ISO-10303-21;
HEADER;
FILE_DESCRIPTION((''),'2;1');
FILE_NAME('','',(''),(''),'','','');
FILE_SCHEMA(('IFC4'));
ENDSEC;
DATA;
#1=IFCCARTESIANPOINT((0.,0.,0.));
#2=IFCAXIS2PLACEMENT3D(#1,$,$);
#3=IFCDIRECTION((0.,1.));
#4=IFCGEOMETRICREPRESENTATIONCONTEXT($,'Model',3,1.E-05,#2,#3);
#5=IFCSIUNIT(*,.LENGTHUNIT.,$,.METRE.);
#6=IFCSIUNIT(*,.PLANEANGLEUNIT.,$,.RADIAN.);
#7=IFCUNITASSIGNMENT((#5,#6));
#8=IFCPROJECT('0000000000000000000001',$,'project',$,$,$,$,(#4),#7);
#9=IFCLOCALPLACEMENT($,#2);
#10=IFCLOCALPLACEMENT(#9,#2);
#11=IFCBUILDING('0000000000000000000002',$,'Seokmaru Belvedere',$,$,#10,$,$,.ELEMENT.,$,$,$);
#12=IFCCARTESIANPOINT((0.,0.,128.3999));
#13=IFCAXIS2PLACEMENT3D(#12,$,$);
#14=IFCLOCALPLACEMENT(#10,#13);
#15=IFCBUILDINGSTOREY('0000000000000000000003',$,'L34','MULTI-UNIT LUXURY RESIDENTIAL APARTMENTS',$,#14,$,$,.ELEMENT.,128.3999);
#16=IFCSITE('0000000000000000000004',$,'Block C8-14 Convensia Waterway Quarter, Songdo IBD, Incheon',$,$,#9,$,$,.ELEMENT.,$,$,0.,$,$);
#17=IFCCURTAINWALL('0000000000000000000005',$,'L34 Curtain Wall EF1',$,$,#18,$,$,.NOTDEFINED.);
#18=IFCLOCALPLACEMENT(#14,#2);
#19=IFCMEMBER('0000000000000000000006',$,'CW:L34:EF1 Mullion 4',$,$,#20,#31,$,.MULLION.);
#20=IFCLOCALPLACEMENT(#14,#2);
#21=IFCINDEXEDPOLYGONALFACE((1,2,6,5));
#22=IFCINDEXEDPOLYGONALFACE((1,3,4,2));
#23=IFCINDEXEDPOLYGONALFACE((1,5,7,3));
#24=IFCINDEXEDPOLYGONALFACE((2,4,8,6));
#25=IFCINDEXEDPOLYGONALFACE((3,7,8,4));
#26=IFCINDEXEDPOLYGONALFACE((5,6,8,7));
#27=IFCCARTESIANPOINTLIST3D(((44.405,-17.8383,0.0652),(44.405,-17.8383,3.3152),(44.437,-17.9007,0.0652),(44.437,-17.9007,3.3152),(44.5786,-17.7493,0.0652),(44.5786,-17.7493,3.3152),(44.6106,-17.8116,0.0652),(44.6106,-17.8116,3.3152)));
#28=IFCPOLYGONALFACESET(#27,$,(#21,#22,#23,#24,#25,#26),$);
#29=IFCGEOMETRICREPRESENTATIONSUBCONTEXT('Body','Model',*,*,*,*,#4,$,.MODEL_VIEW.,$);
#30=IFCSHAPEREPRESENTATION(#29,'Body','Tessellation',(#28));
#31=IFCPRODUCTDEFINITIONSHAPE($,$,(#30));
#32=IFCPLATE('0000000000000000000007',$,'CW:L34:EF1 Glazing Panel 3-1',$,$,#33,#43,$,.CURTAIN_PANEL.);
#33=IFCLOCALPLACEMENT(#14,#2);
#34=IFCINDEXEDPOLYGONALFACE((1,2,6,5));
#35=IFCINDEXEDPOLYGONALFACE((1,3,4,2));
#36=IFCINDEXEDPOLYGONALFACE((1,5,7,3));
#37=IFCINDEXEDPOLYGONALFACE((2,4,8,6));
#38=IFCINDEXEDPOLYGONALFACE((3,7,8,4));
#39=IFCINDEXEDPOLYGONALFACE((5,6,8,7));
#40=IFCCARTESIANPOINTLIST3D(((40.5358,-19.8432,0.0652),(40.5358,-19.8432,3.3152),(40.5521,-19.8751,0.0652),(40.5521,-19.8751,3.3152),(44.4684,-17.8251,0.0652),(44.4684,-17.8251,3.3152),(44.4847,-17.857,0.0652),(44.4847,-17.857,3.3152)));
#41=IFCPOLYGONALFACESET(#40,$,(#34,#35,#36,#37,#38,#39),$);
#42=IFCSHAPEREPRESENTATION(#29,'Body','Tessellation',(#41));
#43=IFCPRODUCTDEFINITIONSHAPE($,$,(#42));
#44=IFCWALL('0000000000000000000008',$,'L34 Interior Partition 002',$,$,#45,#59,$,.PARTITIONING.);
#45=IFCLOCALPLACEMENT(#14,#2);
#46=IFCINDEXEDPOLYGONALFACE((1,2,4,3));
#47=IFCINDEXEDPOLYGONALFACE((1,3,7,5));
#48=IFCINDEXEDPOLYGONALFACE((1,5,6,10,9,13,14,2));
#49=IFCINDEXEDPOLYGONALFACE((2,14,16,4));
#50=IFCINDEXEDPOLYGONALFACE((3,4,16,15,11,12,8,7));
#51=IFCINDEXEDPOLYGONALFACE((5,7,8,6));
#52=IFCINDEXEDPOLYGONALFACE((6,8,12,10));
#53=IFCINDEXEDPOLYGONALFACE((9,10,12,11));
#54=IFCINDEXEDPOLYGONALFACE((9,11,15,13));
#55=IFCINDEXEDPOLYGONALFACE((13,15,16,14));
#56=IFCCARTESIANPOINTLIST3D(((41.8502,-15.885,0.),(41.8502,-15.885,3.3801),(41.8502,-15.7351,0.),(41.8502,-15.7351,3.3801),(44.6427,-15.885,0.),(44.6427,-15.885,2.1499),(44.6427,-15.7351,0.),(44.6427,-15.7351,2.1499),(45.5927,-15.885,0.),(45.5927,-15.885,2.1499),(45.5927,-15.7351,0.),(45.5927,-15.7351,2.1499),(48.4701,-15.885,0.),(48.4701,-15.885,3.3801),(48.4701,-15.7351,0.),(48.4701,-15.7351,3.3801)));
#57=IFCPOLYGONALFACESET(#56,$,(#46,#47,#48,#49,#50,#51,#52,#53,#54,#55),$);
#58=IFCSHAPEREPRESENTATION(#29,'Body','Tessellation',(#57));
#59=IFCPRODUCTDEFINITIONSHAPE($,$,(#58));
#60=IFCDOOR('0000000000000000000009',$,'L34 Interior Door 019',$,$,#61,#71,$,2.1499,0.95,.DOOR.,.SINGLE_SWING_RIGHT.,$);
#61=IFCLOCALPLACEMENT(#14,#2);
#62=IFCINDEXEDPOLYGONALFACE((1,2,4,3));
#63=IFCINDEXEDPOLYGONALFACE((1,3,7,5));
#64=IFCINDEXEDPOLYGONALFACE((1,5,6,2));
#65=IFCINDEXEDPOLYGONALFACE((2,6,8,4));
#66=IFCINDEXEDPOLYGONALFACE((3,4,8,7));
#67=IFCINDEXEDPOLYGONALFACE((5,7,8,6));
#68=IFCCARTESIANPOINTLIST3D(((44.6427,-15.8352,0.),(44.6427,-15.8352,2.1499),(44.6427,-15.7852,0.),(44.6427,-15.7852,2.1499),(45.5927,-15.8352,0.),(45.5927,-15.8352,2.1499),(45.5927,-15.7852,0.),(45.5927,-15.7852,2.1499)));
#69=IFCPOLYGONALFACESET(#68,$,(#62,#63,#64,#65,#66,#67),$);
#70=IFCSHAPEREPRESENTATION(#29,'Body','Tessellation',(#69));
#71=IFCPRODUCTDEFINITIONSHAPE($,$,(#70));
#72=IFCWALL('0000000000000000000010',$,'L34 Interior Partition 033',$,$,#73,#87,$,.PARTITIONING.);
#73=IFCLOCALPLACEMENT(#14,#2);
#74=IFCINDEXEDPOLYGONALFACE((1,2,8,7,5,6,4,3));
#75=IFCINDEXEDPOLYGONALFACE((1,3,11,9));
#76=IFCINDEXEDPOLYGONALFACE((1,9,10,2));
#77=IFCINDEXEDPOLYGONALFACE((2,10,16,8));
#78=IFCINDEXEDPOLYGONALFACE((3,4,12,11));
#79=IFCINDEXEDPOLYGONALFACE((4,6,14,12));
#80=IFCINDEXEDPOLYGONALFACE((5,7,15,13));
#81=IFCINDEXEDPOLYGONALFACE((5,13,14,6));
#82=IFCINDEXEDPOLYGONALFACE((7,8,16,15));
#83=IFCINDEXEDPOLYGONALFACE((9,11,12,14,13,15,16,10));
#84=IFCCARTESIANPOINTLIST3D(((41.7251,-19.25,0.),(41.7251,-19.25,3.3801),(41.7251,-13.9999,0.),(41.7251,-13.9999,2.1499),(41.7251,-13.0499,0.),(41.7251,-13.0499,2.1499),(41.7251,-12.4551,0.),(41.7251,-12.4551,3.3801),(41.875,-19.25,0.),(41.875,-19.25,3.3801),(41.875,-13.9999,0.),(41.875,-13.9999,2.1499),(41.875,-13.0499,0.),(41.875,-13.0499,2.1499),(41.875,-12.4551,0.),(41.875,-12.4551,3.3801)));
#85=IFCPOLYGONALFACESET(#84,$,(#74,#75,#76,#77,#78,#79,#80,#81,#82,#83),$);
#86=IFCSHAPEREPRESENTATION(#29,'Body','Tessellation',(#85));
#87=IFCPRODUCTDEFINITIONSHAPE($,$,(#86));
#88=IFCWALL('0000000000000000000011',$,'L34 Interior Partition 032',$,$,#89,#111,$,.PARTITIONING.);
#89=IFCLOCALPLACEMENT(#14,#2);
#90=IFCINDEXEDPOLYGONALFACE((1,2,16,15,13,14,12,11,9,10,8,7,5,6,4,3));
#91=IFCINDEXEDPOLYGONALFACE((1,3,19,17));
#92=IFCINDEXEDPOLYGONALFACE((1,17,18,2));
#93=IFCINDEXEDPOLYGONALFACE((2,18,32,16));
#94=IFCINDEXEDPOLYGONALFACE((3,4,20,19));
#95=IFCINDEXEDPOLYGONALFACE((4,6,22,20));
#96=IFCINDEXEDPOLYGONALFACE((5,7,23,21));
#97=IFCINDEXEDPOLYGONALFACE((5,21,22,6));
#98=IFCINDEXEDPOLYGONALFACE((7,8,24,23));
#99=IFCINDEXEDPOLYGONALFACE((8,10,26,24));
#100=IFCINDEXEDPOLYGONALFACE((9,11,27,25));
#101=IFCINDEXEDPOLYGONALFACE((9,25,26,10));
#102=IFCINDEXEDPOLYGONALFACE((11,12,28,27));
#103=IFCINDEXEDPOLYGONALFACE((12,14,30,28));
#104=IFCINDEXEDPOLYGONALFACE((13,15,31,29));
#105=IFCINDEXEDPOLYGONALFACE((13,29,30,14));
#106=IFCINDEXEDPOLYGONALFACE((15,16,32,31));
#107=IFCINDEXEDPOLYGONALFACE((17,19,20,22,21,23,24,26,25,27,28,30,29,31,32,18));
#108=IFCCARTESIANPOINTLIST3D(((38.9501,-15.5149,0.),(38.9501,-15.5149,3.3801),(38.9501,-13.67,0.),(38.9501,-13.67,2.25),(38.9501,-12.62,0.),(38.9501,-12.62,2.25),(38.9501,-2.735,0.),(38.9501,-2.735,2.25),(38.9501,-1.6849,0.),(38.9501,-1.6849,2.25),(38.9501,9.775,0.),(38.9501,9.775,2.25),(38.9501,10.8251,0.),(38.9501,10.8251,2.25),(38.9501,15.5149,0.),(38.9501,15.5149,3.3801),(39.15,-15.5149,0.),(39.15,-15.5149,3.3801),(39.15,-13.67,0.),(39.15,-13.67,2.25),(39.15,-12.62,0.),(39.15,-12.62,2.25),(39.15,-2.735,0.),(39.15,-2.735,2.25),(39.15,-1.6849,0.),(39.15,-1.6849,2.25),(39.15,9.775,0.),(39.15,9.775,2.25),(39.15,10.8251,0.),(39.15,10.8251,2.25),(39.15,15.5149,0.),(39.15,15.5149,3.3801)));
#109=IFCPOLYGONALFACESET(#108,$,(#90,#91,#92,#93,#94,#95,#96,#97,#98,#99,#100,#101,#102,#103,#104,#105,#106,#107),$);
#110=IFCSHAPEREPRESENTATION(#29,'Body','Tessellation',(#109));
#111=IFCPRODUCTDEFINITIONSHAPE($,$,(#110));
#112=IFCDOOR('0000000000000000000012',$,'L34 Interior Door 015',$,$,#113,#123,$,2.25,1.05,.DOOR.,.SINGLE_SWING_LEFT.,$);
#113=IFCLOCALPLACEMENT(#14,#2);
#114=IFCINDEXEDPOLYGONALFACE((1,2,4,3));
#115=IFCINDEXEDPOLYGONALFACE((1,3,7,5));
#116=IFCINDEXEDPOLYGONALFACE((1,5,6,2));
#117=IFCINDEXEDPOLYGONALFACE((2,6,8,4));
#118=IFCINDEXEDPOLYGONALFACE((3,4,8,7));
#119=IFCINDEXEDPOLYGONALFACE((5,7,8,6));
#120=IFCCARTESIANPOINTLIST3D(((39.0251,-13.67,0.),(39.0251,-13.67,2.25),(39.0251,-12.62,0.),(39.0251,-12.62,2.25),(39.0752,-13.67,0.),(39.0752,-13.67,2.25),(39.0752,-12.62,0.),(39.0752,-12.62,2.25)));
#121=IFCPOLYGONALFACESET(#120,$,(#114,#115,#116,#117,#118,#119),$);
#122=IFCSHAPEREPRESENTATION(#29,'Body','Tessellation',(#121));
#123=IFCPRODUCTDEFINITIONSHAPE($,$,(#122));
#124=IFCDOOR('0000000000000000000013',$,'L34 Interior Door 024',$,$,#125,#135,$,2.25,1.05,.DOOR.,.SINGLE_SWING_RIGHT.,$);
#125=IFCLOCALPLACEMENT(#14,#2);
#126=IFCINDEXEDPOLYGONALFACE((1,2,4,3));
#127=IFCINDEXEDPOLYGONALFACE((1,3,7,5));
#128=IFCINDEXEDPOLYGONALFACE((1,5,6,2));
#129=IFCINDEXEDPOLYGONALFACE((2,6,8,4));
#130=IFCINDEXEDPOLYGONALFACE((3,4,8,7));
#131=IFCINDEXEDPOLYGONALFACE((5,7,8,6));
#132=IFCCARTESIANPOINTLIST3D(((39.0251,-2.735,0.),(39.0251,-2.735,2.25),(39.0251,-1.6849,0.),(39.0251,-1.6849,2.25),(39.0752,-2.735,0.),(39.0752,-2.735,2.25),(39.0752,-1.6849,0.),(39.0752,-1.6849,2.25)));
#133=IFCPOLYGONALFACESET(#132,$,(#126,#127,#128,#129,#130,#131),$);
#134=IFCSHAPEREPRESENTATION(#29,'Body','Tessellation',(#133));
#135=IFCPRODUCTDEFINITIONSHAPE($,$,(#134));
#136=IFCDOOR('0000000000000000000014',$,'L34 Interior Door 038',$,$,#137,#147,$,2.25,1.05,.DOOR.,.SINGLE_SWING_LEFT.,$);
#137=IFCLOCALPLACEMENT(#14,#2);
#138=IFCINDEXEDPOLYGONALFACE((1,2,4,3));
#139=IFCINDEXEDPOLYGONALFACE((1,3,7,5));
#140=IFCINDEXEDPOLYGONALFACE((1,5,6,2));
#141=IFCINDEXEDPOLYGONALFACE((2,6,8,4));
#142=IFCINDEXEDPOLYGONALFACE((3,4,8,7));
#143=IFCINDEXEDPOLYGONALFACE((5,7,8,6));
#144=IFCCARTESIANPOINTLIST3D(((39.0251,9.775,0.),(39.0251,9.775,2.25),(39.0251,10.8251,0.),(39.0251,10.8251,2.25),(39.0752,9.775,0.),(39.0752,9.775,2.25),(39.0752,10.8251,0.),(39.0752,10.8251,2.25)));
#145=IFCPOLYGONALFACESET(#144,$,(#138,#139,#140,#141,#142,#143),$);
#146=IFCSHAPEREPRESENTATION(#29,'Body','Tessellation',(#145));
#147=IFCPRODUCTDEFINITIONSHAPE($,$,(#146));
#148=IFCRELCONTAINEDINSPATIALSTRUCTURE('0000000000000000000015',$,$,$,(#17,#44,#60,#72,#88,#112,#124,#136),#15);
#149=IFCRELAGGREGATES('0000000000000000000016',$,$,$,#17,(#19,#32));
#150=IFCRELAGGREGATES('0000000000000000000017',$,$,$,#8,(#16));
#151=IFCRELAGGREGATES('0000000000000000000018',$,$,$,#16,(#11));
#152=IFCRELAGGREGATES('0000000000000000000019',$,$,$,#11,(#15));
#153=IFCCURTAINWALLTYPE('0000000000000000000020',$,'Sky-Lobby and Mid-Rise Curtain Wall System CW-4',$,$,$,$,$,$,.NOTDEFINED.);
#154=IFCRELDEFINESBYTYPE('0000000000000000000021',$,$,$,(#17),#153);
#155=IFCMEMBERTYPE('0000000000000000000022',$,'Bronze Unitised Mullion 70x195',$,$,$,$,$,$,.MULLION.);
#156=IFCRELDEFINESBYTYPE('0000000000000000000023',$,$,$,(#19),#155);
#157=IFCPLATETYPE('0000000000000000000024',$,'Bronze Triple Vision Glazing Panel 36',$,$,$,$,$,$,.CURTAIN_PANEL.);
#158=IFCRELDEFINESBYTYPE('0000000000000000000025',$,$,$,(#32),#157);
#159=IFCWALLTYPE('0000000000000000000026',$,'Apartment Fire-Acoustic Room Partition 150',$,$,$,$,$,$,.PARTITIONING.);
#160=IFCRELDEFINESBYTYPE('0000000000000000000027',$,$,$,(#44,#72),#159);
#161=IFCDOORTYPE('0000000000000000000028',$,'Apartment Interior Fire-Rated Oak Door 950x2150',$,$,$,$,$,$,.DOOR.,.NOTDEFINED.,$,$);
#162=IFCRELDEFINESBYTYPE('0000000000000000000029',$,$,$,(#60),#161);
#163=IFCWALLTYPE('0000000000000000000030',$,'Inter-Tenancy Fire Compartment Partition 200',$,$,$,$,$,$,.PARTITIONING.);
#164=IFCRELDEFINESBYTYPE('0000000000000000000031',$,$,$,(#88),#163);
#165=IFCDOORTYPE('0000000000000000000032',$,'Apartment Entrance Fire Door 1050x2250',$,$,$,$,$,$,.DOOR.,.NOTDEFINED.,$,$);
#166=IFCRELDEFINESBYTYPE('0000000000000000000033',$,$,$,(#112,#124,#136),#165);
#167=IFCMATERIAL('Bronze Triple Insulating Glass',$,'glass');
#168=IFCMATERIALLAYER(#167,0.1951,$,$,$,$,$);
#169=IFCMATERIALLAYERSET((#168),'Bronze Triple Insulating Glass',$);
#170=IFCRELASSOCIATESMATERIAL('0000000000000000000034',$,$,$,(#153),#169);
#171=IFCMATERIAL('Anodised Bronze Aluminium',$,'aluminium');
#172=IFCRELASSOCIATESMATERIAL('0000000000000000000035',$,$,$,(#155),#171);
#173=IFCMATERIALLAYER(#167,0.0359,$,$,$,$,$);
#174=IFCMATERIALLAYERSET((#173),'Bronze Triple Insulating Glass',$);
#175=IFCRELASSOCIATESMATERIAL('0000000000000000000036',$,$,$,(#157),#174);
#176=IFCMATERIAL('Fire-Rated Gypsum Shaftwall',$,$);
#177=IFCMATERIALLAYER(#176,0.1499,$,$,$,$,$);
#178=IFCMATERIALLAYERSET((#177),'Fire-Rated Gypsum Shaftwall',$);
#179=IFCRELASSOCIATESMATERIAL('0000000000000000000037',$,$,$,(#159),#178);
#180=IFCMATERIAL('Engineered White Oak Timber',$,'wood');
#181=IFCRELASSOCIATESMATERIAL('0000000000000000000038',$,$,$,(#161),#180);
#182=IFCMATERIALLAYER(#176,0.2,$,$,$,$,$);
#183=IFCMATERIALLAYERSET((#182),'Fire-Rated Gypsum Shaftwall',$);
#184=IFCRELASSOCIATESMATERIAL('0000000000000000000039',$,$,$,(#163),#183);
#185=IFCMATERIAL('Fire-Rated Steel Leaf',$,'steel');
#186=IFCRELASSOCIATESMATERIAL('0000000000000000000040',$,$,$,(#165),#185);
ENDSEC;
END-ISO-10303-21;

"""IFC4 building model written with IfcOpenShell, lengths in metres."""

from ifc_helpers import new_model, si_unit, direction, frame, frame_2d, origin, origin_2d, place, context, subcontext, project, spatial, rectangle, extrude, source, transform, mapped, material, layer, layer_set, material_profile, profile_set, type_object, type_shapes, element, fill, aggregate, save


model = new_model("IFC4")

# Units and contexts
model_context = context("Model", 3, precision=1e-05, world=origin(), true_north=direction((0.0, 1.0)))
body_context = subcontext(model_context, "Body", "Model", "MODEL_VIEW")
ifc_project = project(units=[si_unit("LENGTHUNIT", "METRE"), si_unit("PLANEANGLEUNIT", "RADIAN")], contexts=[model_context])

# Site, building, storey
site_placement = place(None, origin())
site = spatial("IfcSite", under=ifc_project, at=site_placement, Name="Block C8-14 Convensia Waterway Quarter, Songdo IBD, Incheon", CompositionType="ELEMENT", RefElevation=0.0)
building_placement = place(site_placement, origin())
building = spatial("IfcBuilding", under=site, at=building_placement, Name="Seokmaru Belvedere", CompositionType="ELEMENT")
storey_placement = place(building_placement, frame((0.0, 0.0, 128.3999)))
storey = spatial("IfcBuildingStorey", under=building, at=storey_placement, Name="L34", Description="MULTI-UNIT LUXURY RESIDENTIAL APARTMENTS", CompositionType="ELEMENT", Elevation=128.3999)

# Curtain wall, member, plate
ifc_material_1 = material(Name="Bronze Triple Insulating Glass", Category="glass")
ifc_layer_1 = layer(ifc_material_1, 0.1951)
ifc_layer_set_1 = layer_set([ifc_layer_1], Name="Bronze Triple Insulating Glass")
curtain_wall_type = type_object("IfcCurtainWallType", Name="Sky-Lobby and Mid-Rise Curtain Wall System CW-4", PredefinedType="NOTDEFINED", material=ifc_layer_set_1)
curtain_wall_placement = place(storey_placement, origin())
curtain_wall = element("IfcCurtainWall", 1, at=curtain_wall_placement, inside=storey, type_object=curtain_wall_type, Name="L34 Curtain Wall EF1", PredefinedType="NOTDEFINED")
ifc_material_2 = material(Name="Anodised Bronze Aluminium", Category="aluminium")
ifc_material_profile_1 = material_profile(ifc_material_2, rectangle(XDim=0.0701, YDim=0.1951, at=origin_2d()), Name="CW-M-70x195")
ifc_profile_set_1 = profile_set([ifc_material_profile_1], Name="Anodised Bronze Aluminium")
member_type = type_object("IfcMemberType", Name="Bronze Unitised Mullion 70x195", PredefinedType="MULLION", material=ifc_profile_set_1)
shared_shape_1 = source(origin(), body_context, "Body", "SweptSolid", [
    extrude(rectangle(XDim=0.0701, YDim=0.1951, at=origin_2d()), origin(), (0.0, 0.0, 1.0), 3.25),
])
type_shapes(member_type, [shared_shape_1])
member_1_placement = place(storey_placement, frame((44.5078, -17.825, 0.0652), z_axis=(0.0, 0.0, 1.0), x_axis=(-0.456555, 0.889695, 0.0)))
member_1 = element("IfcMember", 2, at=member_1_placement, type_object=member_type, Name="CW:L34:EF1 Mullion 4", PredefinedType="MULLION", context=body_context, shape_type="MappedRepresentation", body=[
    mapped(shared_shape_1, transform((0.0, 0.0, 0.0), scale=1.0)),
])
ifc_layer_2 = layer(ifc_material_1, 0.0359)
ifc_layer_set_2 = layer_set([ifc_layer_2], Name="Bronze Triple Insulating Glass")
plate_type = type_object("IfcPlateType", Name="Bronze Triple Vision Glazing Panel 36", PredefinedType="CURTAIN_PANEL", material=ifc_layer_set_2)
shared_shape_2 = source(origin(), body_context, "Body", "SweptSolid", [
    extrude(rectangle(XDim=4.4202, YDim=0.0359, at=origin_2d()), origin(), (0.0, 0.0, 1.0), 3.25),
])
type_shapes(plate_type, [shared_shape_2])
plate_placement = place(storey_placement, frame((42.5103, -18.8501, 0.0652), z_axis=(0.0, 0.0, 1.0), x_axis=(0.889695, 0.456555, 0.0)))
plate = element("IfcPlate", 3, at=plate_placement, type_object=plate_type, Name="CW:L34:EF1 Glazing Panel 3-1", PredefinedType="CURTAIN_PANEL", context=body_context, shape_type="MappedRepresentation", body=[
    mapped(shared_shape_2, transform((0.0, 0.0, 0.0), scale=1.0)),
])
aggregate(curtain_wall, [member_1, plate])

# Wall, opening, door
ifc_material_3 = material(Name="Fire-Rated Gypsum Shaftwall")
ifc_layer_3 = layer(ifc_material_3, 0.1499)
ifc_layer_set_3 = layer_set([ifc_layer_3], Name="Fire-Rated Gypsum Shaftwall")
wall_type_1 = type_object("IfcWallType", Name="Apartment Fire-Acoustic Room Partition 150", PredefinedType="PARTITIONING", material=ifc_layer_set_3)
wall_1_placement = place(storey_placement, frame((41.8501, -15.8101, 0.0), z_axis=(0.0, 0.0, 1.0), x_axis=(1.0, 0.0, 0.0)))
wall_1 = element("IfcWall", 4, at=wall_1_placement, inside=storey, type_object=wall_type_1, Name="L34 Interior Partition 002", PredefinedType="PARTITIONING", context=body_context, shape_type="SweptSolid", body=[
    extrude(rectangle(XDim=6.6199, YDim=0.1499, at=frame_2d((3.3101, 0.0))), origin(), (0.0, 0.0, 1.0), 3.3801),
])
opening_1_placement = place(wall_1_placement, frame((2.7925, 0.0, 0.0)))
opening_1 = element("IfcOpeningElement", 5, at=opening_1_placement, cuts=wall_1, PredefinedType="OPENING", context=body_context, shape_type="SweptSolid", body=[
    extrude(rectangle(XDim=0.95, YDim=2.1499, at=frame_2d((0.4751, 1.075))), frame((0.0, 0.085, 0.0), z_axis=(0.0, -1.0, 0.0), x_axis=(1.0, 0.0, 0.0)), (0.0, 0.0, 1.0), 0.1699),
])
ifc_material_4 = material(Name="Engineered White Oak Timber", Category="wood")
door_type_1 = type_object("IfcDoorType", Name="Apartment Interior Fire-Rated Oak Door 950x2150", OperationType="NOTDEFINED", PredefinedType="DOOR", material=ifc_material_4)
shared_shape_3 = source(origin(), body_context, "Body", "SweptSolid", [
    extrude(rectangle(XDim=0.95, YDim=2.1499, at=frame_2d((0.4751, 1.075))), frame((0.0, 0.0249, 0.0), z_axis=(0.0, -1.0, 0.0), x_axis=(1.0, 0.0, 0.0)), (0.0, 0.0, 1.0), 0.05),
])
type_shapes(door_type_1, [shared_shape_3])
door_1_placement = place(opening_1_placement, origin())
door_1 = element("IfcDoor", 6, at=door_1_placement, inside=storey, type_object=door_type_1, Name="L34 Interior Door 019", OperationType="SINGLE_SWING_RIGHT", OverallHeight=2.1499, OverallWidth=0.95, PredefinedType="DOOR", context=body_context, shape_type="MappedRepresentation", body=[
    mapped(shared_shape_3, transform((0.0, 0.0, 0.0), scale=1.0)),
])
fill(opening_1, door_1)

# Wall, opening
wall_2_placement = place(storey_placement, frame((41.8, -19.25, 0.0), z_axis=(0.0, 0.0, 1.0), x_axis=(0.0, 1.0, 0.0)))
wall_2 = element("IfcWall", 7, at=wall_2_placement, inside=storey, type_object=wall_type_1, Name="L34 Interior Partition 033", PredefinedType="PARTITIONING", context=body_context, shape_type="SweptSolid", body=[
    extrude(rectangle(XDim=6.7949, YDim=0.1499, at=frame_2d((3.3975, 0.0))), origin(), (0.0, 0.0, 1.0), 3.3801),
])
opening_2_placement = place(wall_2_placement, frame((5.25, 0.0, 0.0)))
element("IfcOpeningElement", 8, at=opening_2_placement, cuts=wall_2, PredefinedType="OPENING", context=body_context, shape_type="SweptSolid", body=[
    extrude(rectangle(XDim=0.95, YDim=2.1499, at=frame_2d((0.4751, 1.075))), frame((0.0, 0.085, 0.0), z_axis=(0.0, -1.0, 0.0), x_axis=(1.0, 0.0, 0.0)), (0.0, 0.0, 1.0), 0.1699),
])

# Wall, openings, doors
ifc_layer_4 = layer(ifc_material_3, 0.2)
ifc_layer_set_4 = layer_set([ifc_layer_4], Name="Fire-Rated Gypsum Shaftwall")
wall_type_2 = type_object("IfcWallType", Name="Inter-Tenancy Fire Compartment Partition 200", PredefinedType="PARTITIONING", material=ifc_layer_set_4)
wall_3_placement = place(storey_placement, frame((39.05, -15.5149, 0.0), z_axis=(0.0, 0.0, 1.0), x_axis=(0.0, 1.0, 0.0)))
wall_3 = element("IfcWall", 9, at=wall_3_placement, inside=storey, type_object=wall_type_2, Name="L34 Interior Partition 032", PredefinedType="PARTITIONING", context=body_context, shape_type="SweptSolid", body=[
    extrude(rectangle(XDim=31.0298, YDim=0.2, at=frame_2d((15.5149, 0.0))), origin(), (0.0, 0.0, 1.0), 3.3801),
])
opening_3_placement = place(wall_3_placement, frame((1.845, 0.0, 0.0)))
opening_3 = element("IfcOpeningElement", 10, at=opening_3_placement, cuts=wall_3, PredefinedType="OPENING", context=body_context, shape_type="SweptSolid", body=[
    extrude(rectangle(XDim=1.05, YDim=2.25, at=frame_2d((0.5249, 1.125))), frame((0.0, 0.1099, 0.0), z_axis=(0.0, -1.0, 0.0), x_axis=(1.0, 0.0, 0.0)), (0.0, 0.0, 1.0), 0.22),
])
opening_4_placement = place(wall_3_placement, frame((12.78, 0.0, 0.0)))
opening_4 = element("IfcOpeningElement", 11, at=opening_4_placement, cuts=wall_3, PredefinedType="OPENING", context=body_context, shape_type="SweptSolid", body=[
    extrude(rectangle(XDim=1.05, YDim=2.25, at=frame_2d((0.5249, 1.125))), frame((0.0, 0.1099, 0.0), z_axis=(0.0, -1.0, 0.0), x_axis=(1.0, 0.0, 0.0)), (0.0, 0.0, 1.0), 0.22),
])
opening_5_placement = place(wall_3_placement, frame((25.29, 0.0, 0.0)))
opening_5 = element("IfcOpeningElement", 12, at=opening_5_placement, cuts=wall_3, PredefinedType="OPENING", context=body_context, shape_type="SweptSolid", body=[
    extrude(rectangle(XDim=1.05, YDim=2.25, at=frame_2d((0.5249, 1.125))), frame((0.0, 0.1099, 0.0), z_axis=(0.0, -1.0, 0.0), x_axis=(1.0, 0.0, 0.0)), (0.0, 0.0, 1.0), 0.22),
])
ifc_material_5 = material(Name="Fire-Rated Steel Leaf", Category="steel")
door_type_2 = type_object("IfcDoorType", Name="Apartment Entrance Fire Door 1050x2250", OperationType="NOTDEFINED", PredefinedType="DOOR", material=ifc_material_5)
shared_shape_4 = source(origin(), body_context, "Body", "SweptSolid", [
    extrude(rectangle(XDim=1.05, YDim=2.25, at=frame_2d((0.5249, 1.125))), frame((0.0, 0.0249, 0.0), z_axis=(0.0, -1.0, 0.0), x_axis=(1.0, 0.0, 0.0)), (0.0, 0.0, 1.0), 0.05),
])
type_shapes(door_type_2, [shared_shape_4])
door_2_placement = place(opening_3_placement, origin())
door_2 = element("IfcDoor", 13, at=door_2_placement, inside=storey, type_object=door_type_2, Name="L34 Interior Door 015", OperationType="SINGLE_SWING_LEFT", OverallHeight=2.25, OverallWidth=1.05, PredefinedType="DOOR", context=body_context, shape_type="MappedRepresentation", body=[
    mapped(shared_shape_4, transform((0.0, 0.0, 0.0), scale=1.0)),
])
fill(opening_3, door_2)
door_3_placement = place(opening_4_placement, origin())
door_3 = element("IfcDoor", 14, at=door_3_placement, inside=storey, type_object=door_type_2, Name="L34 Interior Door 024", OperationType="SINGLE_SWING_RIGHT", OverallHeight=2.25, OverallWidth=1.05, PredefinedType="DOOR", context=body_context, shape_type="MappedRepresentation", body=[
    mapped(shared_shape_4, transform((0.0, 0.0, 0.0), scale=1.0)),
])
fill(opening_4, door_3)
door_4_placement = place(opening_5_placement, origin())
door_4 = element("IfcDoor", 15, at=door_4_placement, inside=storey, type_object=door_type_2, Name="L34 Interior Door 038", OperationType="SINGLE_SWING_LEFT", OverallHeight=2.25, OverallWidth=1.05, PredefinedType="DOOR", context=body_context, shape_type="MappedRepresentation", body=[
    mapped(shared_shape_4, transform((0.0, 0.0, 0.0), scale=1.0)),
])
fill(opening_5, door_4)

save(model, "model.ifc")
